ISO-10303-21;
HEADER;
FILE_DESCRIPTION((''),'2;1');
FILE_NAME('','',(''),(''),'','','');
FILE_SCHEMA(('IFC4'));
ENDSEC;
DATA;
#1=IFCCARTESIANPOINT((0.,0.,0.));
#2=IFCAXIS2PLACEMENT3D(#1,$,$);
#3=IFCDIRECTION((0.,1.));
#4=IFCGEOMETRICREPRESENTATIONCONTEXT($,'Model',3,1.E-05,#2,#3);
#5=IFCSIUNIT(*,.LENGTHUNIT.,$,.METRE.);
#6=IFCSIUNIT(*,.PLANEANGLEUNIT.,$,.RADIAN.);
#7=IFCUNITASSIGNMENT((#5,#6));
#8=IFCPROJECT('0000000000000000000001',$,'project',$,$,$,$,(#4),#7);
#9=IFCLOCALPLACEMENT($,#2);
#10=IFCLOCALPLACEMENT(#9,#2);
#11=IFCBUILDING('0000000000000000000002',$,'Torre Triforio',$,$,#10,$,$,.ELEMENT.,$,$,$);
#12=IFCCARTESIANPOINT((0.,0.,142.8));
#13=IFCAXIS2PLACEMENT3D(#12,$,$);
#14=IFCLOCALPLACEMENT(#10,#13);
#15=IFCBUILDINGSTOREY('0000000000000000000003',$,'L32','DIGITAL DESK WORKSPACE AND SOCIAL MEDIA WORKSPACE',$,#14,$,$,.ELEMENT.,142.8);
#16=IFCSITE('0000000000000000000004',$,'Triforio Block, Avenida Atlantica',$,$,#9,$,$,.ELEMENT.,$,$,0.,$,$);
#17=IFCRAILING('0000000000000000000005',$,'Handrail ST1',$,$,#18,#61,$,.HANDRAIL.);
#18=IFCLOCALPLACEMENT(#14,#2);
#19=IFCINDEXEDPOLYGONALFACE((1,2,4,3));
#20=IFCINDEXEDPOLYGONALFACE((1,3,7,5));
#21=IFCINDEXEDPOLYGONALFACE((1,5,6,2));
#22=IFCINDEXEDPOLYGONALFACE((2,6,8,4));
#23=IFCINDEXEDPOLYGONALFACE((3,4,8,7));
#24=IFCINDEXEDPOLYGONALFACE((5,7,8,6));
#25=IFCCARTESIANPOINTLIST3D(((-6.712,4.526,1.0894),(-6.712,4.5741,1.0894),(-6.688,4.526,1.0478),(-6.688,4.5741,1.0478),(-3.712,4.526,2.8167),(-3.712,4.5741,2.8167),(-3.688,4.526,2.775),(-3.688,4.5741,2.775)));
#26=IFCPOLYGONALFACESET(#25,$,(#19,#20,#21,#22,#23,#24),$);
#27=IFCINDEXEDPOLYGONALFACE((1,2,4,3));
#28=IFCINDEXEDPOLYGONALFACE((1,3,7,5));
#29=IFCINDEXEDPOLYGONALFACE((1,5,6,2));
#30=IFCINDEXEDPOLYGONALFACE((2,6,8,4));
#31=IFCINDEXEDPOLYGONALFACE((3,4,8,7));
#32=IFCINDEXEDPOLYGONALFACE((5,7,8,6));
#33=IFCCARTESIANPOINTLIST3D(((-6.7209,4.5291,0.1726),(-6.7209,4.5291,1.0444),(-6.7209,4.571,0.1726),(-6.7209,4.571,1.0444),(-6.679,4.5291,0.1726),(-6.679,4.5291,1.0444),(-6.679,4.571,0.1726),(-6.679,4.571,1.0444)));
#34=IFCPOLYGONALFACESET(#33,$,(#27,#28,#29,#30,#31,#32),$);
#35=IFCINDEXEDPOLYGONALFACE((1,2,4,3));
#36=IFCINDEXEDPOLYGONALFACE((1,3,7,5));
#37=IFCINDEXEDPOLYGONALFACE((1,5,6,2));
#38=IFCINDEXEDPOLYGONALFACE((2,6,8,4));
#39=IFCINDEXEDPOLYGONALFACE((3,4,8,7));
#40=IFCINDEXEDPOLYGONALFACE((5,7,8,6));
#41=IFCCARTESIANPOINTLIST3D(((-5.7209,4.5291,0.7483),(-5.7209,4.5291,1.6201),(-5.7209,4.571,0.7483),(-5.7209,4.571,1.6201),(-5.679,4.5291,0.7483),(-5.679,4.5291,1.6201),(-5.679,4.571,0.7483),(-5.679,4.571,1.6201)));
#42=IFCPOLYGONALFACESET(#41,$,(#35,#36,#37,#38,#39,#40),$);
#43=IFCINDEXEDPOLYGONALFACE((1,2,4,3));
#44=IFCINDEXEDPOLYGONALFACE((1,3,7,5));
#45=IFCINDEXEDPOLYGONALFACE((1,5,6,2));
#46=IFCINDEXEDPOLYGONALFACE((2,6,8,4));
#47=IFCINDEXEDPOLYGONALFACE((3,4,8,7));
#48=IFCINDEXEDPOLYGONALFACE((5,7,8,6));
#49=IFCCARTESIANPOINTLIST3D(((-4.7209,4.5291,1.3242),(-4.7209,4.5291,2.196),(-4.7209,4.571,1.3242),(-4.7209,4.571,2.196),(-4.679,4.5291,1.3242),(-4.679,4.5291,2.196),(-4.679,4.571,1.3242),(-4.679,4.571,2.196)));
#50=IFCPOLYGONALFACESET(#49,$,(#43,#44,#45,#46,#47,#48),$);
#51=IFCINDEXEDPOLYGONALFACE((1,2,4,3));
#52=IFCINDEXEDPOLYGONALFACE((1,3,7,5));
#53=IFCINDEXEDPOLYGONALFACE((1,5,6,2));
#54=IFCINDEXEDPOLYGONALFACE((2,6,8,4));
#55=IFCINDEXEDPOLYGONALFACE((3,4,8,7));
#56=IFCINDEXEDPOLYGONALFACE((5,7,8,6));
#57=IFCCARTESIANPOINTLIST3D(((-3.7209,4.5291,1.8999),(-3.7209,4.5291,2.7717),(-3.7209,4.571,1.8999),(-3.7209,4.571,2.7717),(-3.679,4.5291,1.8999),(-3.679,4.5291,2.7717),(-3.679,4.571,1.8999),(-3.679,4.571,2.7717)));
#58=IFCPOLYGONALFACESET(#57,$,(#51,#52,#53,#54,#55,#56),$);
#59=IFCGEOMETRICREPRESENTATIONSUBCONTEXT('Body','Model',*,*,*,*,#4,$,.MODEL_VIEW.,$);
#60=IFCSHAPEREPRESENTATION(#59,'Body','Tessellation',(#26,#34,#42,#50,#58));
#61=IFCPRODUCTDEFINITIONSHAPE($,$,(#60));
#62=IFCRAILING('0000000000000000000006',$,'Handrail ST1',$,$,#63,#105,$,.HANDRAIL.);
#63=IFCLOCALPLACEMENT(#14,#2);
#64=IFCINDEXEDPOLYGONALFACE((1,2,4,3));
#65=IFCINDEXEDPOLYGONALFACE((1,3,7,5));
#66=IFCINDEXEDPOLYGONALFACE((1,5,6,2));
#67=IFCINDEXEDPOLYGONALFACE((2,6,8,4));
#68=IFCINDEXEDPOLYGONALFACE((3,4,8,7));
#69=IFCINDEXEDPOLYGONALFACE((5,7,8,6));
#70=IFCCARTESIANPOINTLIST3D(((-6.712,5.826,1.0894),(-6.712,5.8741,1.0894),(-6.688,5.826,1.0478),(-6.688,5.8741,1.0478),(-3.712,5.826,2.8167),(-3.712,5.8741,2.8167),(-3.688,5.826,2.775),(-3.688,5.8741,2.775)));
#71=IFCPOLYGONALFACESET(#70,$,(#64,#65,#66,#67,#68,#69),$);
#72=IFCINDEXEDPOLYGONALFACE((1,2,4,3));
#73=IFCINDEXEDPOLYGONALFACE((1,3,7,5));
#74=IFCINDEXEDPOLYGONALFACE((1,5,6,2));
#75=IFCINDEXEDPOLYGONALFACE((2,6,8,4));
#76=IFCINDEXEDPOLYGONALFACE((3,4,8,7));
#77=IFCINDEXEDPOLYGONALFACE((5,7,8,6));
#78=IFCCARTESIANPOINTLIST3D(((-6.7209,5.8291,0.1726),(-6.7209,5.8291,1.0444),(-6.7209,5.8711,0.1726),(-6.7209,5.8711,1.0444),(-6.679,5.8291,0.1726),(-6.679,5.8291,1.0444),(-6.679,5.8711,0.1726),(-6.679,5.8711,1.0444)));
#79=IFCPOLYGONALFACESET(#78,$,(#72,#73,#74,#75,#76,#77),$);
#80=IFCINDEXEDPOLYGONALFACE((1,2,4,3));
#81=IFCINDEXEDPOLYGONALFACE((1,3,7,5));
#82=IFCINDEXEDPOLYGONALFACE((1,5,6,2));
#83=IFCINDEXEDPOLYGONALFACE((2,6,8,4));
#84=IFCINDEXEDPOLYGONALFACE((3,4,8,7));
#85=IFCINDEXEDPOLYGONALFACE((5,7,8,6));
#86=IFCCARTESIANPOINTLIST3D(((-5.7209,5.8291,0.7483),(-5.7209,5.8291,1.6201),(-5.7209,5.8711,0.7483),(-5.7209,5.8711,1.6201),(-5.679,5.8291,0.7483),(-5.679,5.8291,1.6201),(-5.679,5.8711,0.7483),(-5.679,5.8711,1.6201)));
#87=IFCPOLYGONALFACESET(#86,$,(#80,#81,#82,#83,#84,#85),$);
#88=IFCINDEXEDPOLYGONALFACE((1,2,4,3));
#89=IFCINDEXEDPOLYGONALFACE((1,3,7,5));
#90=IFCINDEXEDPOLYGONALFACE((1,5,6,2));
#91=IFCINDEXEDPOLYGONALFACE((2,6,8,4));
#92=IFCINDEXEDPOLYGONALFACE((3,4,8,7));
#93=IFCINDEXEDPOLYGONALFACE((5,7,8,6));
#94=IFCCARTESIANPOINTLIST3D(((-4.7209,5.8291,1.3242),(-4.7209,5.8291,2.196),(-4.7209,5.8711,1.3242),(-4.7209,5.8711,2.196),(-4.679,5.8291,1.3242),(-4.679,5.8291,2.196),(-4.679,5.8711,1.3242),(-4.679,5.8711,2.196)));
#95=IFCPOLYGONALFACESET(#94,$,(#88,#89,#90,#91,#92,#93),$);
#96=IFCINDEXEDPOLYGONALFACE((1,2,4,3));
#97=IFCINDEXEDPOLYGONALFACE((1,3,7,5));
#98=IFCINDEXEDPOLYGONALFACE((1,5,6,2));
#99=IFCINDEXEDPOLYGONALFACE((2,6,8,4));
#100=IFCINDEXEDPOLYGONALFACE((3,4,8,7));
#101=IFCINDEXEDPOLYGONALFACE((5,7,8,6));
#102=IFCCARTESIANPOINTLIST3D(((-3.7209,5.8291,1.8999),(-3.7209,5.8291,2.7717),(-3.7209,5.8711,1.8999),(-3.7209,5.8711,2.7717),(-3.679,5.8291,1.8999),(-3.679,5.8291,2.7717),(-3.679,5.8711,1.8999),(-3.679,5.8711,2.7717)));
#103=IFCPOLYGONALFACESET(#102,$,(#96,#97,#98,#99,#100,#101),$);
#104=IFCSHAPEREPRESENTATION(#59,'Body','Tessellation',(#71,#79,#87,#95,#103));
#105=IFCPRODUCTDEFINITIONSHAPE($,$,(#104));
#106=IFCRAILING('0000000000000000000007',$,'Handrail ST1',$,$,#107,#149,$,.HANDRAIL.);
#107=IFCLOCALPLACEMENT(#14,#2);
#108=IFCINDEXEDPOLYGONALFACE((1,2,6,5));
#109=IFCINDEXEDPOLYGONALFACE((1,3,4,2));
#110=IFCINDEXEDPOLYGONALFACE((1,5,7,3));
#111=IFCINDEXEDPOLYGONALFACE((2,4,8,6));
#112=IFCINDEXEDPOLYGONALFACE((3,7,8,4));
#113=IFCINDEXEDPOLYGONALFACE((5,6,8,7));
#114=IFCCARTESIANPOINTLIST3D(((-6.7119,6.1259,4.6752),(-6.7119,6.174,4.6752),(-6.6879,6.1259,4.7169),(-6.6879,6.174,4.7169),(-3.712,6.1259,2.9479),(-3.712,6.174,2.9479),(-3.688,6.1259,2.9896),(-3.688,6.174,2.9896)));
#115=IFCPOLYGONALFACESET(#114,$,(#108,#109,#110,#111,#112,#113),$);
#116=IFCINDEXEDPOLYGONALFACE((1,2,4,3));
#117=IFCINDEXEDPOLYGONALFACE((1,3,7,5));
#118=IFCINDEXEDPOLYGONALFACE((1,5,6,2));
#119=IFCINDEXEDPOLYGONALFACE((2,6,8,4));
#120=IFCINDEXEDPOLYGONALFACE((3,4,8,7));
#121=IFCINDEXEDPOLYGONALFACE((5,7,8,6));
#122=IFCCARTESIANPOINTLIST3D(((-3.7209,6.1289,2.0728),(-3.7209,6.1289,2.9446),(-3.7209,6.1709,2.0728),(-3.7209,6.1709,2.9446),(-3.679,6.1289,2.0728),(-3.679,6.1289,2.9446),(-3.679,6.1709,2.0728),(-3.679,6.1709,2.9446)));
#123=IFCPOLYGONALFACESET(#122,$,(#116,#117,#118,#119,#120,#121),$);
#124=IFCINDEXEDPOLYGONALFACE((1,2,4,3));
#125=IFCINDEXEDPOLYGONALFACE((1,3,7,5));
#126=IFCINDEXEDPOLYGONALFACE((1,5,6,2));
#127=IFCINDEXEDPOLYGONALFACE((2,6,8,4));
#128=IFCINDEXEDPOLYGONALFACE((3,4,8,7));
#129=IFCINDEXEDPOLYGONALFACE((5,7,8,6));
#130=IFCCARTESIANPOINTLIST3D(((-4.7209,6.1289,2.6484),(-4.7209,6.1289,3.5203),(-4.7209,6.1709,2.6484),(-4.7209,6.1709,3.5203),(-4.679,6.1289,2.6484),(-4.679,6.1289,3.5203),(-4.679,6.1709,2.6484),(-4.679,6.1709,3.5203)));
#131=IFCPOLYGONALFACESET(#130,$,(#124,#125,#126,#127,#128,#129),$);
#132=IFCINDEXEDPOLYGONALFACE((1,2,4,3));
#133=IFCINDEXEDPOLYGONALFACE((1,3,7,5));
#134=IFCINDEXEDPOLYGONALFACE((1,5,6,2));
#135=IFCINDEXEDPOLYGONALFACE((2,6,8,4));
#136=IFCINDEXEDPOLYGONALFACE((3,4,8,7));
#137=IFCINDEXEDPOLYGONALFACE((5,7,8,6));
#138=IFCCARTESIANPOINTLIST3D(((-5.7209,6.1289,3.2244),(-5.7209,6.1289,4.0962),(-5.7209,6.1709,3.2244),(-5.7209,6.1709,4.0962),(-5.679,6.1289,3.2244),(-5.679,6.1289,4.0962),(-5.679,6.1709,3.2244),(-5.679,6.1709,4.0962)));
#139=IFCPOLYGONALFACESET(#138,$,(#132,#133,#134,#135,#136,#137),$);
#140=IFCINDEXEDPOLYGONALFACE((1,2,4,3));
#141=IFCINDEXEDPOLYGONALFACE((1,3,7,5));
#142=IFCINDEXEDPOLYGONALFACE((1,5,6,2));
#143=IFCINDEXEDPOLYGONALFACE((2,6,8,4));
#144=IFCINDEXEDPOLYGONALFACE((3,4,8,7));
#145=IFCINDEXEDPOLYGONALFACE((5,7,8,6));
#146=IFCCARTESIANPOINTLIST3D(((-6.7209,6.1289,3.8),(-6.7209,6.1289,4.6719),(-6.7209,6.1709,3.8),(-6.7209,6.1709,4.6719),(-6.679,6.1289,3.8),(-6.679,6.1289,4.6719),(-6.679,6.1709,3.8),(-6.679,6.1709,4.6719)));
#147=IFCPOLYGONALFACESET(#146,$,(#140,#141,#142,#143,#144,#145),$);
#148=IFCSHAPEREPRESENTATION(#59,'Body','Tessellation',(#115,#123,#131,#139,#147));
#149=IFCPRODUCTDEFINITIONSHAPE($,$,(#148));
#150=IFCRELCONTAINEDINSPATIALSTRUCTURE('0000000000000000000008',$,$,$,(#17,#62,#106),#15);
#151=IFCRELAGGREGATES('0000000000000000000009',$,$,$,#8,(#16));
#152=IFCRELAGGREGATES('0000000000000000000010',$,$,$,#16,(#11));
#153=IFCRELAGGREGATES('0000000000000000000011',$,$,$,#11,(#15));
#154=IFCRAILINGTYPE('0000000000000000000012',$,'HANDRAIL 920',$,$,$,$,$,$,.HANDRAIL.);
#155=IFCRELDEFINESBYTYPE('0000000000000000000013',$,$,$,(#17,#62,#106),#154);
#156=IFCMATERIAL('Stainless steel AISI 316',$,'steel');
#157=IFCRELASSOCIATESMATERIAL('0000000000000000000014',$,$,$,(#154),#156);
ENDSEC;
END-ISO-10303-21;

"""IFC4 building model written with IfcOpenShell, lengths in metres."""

from ifc_helpers import new_model, si_unit, direction, frame, origin, origin_2d, place, context, subcontext, project, spatial, rectangle, extrude, material, type_object, element, save


model = new_model("IFC4")

# Units and contexts
model_context = context("Model", 3, precision=1e-05, world=origin(), true_north=direction((0.0, 1.0)))
body_context = subcontext(model_context, "Body", "Model", "MODEL_VIEW")
ifc_project = project(units=[si_unit("LENGTHUNIT", "METRE"), si_unit("PLANEANGLEUNIT", "RADIAN")], contexts=[model_context])

# Site, building, storey
site_placement = place(None, origin())
site = spatial("IfcSite", under=ifc_project, at=site_placement, Name="Triforio Block, Avenida Atlantica", CompositionType="ELEMENT", RefElevation=0.0)
building_placement = place(site_placement, origin())
building = spatial("IfcBuilding", under=site, at=building_placement, Name="Torre Triforio", CompositionType="ELEMENT")
storey_placement = place(building_placement, frame((0.0, 0.0, 142.8)))
storey = spatial("IfcBuildingStorey", under=building, at=storey_placement, Name="L32", Description="DIGITAL DESK WORKSPACE AND SOCIAL MEDIA WORKSPACE", CompositionType="ELEMENT", Elevation=142.8)

# Railings
ifc_material_1 = material(Name="Stainless steel AISI 316", Category="steel")
railing_type = type_object("IfcRailingType", Name="HANDRAIL 920", PredefinedType="HANDRAIL", material=ifc_material_1)
for number, where, name in (
    (1, (-6.7, 4.55, 0.1726), "Handrail ST1"),
    (2, (-6.7, 5.8501, 0.1726), "Handrail ST1"),
):
    element("IfcRailing", number, at=place(storey_placement, frame(where)), inside=storey, type_object=railing_type, Name=name, PredefinedType="HANDRAIL", context=body_context, shape_type="SweptSolid", body=[
        extrude(rectangle(XDim=0.0481, YDim=0.0481, at=origin_2d()), frame((0.0, 0.0, 0.896), z_axis=(0.86662, 0.0, 0.498969), x_axis=(0.0, 1.0, 0.0)), (0.0, 0.0, 1.0), 3.4617),
        extrude(rectangle(XDim=0.042, YDim=0.042, at=origin_2d()), origin(), (0.0, 0.0, 1.0), 0.8718),
        extrude(rectangle(XDim=0.042, YDim=0.042, at=origin_2d()), frame((1.0, 0.0, 0.5757)), (0.0, 0.0, 1.0), 0.8718),
        extrude(rectangle(XDim=0.042, YDim=0.042, at=origin_2d()), frame((2.0, 0.0, 1.1516)), (0.0, 0.0, 1.0), 0.8718),
        extrude(rectangle(XDim=0.042, YDim=0.042, at=origin_2d()), frame((3.0, 0.0, 1.7273)), (0.0, 0.0, 1.0), 0.8718),
    ])
railing_placement = place(storey_placement, frame((-3.7, 6.1499, 2.0728)))
element("IfcRailing", 3, at=railing_placement, inside=storey, type_object=railing_type, Name="Handrail ST1", PredefinedType="HANDRAIL", context=body_context, shape_type="SweptSolid", body=[
    extrude(rectangle(XDim=0.0481, YDim=0.0481, at=origin_2d()), frame((0.0, 0.0, 0.896), z_axis=(-0.86662, 0.0, 0.498969), x_axis=(0.0, -1.0, 0.0)), (0.0, 0.0, 1.0), 3.4617),
    extrude(rectangle(XDim=0.042, YDim=0.042, at=origin_2d()), origin(), (0.0, 0.0, 1.0), 0.8718),
    extrude(rectangle(XDim=0.042, YDim=0.042, at=origin_2d()), frame((-1.0, 0.0, 0.5757)), (0.0, 0.0, 1.0), 0.8718),
    extrude(rectangle(XDim=0.042, YDim=0.042, at=origin_2d()), frame((-2.0, 0.0, 1.1516)), (0.0, 0.0, 1.0), 0.8718),
    extrude(rectangle(XDim=0.042, YDim=0.042, at=origin_2d()), frame((-3.0, 0.0, 1.7273)), (0.0, 0.0, 1.0), 0.8718),
])

save(model, "model.ifc")
